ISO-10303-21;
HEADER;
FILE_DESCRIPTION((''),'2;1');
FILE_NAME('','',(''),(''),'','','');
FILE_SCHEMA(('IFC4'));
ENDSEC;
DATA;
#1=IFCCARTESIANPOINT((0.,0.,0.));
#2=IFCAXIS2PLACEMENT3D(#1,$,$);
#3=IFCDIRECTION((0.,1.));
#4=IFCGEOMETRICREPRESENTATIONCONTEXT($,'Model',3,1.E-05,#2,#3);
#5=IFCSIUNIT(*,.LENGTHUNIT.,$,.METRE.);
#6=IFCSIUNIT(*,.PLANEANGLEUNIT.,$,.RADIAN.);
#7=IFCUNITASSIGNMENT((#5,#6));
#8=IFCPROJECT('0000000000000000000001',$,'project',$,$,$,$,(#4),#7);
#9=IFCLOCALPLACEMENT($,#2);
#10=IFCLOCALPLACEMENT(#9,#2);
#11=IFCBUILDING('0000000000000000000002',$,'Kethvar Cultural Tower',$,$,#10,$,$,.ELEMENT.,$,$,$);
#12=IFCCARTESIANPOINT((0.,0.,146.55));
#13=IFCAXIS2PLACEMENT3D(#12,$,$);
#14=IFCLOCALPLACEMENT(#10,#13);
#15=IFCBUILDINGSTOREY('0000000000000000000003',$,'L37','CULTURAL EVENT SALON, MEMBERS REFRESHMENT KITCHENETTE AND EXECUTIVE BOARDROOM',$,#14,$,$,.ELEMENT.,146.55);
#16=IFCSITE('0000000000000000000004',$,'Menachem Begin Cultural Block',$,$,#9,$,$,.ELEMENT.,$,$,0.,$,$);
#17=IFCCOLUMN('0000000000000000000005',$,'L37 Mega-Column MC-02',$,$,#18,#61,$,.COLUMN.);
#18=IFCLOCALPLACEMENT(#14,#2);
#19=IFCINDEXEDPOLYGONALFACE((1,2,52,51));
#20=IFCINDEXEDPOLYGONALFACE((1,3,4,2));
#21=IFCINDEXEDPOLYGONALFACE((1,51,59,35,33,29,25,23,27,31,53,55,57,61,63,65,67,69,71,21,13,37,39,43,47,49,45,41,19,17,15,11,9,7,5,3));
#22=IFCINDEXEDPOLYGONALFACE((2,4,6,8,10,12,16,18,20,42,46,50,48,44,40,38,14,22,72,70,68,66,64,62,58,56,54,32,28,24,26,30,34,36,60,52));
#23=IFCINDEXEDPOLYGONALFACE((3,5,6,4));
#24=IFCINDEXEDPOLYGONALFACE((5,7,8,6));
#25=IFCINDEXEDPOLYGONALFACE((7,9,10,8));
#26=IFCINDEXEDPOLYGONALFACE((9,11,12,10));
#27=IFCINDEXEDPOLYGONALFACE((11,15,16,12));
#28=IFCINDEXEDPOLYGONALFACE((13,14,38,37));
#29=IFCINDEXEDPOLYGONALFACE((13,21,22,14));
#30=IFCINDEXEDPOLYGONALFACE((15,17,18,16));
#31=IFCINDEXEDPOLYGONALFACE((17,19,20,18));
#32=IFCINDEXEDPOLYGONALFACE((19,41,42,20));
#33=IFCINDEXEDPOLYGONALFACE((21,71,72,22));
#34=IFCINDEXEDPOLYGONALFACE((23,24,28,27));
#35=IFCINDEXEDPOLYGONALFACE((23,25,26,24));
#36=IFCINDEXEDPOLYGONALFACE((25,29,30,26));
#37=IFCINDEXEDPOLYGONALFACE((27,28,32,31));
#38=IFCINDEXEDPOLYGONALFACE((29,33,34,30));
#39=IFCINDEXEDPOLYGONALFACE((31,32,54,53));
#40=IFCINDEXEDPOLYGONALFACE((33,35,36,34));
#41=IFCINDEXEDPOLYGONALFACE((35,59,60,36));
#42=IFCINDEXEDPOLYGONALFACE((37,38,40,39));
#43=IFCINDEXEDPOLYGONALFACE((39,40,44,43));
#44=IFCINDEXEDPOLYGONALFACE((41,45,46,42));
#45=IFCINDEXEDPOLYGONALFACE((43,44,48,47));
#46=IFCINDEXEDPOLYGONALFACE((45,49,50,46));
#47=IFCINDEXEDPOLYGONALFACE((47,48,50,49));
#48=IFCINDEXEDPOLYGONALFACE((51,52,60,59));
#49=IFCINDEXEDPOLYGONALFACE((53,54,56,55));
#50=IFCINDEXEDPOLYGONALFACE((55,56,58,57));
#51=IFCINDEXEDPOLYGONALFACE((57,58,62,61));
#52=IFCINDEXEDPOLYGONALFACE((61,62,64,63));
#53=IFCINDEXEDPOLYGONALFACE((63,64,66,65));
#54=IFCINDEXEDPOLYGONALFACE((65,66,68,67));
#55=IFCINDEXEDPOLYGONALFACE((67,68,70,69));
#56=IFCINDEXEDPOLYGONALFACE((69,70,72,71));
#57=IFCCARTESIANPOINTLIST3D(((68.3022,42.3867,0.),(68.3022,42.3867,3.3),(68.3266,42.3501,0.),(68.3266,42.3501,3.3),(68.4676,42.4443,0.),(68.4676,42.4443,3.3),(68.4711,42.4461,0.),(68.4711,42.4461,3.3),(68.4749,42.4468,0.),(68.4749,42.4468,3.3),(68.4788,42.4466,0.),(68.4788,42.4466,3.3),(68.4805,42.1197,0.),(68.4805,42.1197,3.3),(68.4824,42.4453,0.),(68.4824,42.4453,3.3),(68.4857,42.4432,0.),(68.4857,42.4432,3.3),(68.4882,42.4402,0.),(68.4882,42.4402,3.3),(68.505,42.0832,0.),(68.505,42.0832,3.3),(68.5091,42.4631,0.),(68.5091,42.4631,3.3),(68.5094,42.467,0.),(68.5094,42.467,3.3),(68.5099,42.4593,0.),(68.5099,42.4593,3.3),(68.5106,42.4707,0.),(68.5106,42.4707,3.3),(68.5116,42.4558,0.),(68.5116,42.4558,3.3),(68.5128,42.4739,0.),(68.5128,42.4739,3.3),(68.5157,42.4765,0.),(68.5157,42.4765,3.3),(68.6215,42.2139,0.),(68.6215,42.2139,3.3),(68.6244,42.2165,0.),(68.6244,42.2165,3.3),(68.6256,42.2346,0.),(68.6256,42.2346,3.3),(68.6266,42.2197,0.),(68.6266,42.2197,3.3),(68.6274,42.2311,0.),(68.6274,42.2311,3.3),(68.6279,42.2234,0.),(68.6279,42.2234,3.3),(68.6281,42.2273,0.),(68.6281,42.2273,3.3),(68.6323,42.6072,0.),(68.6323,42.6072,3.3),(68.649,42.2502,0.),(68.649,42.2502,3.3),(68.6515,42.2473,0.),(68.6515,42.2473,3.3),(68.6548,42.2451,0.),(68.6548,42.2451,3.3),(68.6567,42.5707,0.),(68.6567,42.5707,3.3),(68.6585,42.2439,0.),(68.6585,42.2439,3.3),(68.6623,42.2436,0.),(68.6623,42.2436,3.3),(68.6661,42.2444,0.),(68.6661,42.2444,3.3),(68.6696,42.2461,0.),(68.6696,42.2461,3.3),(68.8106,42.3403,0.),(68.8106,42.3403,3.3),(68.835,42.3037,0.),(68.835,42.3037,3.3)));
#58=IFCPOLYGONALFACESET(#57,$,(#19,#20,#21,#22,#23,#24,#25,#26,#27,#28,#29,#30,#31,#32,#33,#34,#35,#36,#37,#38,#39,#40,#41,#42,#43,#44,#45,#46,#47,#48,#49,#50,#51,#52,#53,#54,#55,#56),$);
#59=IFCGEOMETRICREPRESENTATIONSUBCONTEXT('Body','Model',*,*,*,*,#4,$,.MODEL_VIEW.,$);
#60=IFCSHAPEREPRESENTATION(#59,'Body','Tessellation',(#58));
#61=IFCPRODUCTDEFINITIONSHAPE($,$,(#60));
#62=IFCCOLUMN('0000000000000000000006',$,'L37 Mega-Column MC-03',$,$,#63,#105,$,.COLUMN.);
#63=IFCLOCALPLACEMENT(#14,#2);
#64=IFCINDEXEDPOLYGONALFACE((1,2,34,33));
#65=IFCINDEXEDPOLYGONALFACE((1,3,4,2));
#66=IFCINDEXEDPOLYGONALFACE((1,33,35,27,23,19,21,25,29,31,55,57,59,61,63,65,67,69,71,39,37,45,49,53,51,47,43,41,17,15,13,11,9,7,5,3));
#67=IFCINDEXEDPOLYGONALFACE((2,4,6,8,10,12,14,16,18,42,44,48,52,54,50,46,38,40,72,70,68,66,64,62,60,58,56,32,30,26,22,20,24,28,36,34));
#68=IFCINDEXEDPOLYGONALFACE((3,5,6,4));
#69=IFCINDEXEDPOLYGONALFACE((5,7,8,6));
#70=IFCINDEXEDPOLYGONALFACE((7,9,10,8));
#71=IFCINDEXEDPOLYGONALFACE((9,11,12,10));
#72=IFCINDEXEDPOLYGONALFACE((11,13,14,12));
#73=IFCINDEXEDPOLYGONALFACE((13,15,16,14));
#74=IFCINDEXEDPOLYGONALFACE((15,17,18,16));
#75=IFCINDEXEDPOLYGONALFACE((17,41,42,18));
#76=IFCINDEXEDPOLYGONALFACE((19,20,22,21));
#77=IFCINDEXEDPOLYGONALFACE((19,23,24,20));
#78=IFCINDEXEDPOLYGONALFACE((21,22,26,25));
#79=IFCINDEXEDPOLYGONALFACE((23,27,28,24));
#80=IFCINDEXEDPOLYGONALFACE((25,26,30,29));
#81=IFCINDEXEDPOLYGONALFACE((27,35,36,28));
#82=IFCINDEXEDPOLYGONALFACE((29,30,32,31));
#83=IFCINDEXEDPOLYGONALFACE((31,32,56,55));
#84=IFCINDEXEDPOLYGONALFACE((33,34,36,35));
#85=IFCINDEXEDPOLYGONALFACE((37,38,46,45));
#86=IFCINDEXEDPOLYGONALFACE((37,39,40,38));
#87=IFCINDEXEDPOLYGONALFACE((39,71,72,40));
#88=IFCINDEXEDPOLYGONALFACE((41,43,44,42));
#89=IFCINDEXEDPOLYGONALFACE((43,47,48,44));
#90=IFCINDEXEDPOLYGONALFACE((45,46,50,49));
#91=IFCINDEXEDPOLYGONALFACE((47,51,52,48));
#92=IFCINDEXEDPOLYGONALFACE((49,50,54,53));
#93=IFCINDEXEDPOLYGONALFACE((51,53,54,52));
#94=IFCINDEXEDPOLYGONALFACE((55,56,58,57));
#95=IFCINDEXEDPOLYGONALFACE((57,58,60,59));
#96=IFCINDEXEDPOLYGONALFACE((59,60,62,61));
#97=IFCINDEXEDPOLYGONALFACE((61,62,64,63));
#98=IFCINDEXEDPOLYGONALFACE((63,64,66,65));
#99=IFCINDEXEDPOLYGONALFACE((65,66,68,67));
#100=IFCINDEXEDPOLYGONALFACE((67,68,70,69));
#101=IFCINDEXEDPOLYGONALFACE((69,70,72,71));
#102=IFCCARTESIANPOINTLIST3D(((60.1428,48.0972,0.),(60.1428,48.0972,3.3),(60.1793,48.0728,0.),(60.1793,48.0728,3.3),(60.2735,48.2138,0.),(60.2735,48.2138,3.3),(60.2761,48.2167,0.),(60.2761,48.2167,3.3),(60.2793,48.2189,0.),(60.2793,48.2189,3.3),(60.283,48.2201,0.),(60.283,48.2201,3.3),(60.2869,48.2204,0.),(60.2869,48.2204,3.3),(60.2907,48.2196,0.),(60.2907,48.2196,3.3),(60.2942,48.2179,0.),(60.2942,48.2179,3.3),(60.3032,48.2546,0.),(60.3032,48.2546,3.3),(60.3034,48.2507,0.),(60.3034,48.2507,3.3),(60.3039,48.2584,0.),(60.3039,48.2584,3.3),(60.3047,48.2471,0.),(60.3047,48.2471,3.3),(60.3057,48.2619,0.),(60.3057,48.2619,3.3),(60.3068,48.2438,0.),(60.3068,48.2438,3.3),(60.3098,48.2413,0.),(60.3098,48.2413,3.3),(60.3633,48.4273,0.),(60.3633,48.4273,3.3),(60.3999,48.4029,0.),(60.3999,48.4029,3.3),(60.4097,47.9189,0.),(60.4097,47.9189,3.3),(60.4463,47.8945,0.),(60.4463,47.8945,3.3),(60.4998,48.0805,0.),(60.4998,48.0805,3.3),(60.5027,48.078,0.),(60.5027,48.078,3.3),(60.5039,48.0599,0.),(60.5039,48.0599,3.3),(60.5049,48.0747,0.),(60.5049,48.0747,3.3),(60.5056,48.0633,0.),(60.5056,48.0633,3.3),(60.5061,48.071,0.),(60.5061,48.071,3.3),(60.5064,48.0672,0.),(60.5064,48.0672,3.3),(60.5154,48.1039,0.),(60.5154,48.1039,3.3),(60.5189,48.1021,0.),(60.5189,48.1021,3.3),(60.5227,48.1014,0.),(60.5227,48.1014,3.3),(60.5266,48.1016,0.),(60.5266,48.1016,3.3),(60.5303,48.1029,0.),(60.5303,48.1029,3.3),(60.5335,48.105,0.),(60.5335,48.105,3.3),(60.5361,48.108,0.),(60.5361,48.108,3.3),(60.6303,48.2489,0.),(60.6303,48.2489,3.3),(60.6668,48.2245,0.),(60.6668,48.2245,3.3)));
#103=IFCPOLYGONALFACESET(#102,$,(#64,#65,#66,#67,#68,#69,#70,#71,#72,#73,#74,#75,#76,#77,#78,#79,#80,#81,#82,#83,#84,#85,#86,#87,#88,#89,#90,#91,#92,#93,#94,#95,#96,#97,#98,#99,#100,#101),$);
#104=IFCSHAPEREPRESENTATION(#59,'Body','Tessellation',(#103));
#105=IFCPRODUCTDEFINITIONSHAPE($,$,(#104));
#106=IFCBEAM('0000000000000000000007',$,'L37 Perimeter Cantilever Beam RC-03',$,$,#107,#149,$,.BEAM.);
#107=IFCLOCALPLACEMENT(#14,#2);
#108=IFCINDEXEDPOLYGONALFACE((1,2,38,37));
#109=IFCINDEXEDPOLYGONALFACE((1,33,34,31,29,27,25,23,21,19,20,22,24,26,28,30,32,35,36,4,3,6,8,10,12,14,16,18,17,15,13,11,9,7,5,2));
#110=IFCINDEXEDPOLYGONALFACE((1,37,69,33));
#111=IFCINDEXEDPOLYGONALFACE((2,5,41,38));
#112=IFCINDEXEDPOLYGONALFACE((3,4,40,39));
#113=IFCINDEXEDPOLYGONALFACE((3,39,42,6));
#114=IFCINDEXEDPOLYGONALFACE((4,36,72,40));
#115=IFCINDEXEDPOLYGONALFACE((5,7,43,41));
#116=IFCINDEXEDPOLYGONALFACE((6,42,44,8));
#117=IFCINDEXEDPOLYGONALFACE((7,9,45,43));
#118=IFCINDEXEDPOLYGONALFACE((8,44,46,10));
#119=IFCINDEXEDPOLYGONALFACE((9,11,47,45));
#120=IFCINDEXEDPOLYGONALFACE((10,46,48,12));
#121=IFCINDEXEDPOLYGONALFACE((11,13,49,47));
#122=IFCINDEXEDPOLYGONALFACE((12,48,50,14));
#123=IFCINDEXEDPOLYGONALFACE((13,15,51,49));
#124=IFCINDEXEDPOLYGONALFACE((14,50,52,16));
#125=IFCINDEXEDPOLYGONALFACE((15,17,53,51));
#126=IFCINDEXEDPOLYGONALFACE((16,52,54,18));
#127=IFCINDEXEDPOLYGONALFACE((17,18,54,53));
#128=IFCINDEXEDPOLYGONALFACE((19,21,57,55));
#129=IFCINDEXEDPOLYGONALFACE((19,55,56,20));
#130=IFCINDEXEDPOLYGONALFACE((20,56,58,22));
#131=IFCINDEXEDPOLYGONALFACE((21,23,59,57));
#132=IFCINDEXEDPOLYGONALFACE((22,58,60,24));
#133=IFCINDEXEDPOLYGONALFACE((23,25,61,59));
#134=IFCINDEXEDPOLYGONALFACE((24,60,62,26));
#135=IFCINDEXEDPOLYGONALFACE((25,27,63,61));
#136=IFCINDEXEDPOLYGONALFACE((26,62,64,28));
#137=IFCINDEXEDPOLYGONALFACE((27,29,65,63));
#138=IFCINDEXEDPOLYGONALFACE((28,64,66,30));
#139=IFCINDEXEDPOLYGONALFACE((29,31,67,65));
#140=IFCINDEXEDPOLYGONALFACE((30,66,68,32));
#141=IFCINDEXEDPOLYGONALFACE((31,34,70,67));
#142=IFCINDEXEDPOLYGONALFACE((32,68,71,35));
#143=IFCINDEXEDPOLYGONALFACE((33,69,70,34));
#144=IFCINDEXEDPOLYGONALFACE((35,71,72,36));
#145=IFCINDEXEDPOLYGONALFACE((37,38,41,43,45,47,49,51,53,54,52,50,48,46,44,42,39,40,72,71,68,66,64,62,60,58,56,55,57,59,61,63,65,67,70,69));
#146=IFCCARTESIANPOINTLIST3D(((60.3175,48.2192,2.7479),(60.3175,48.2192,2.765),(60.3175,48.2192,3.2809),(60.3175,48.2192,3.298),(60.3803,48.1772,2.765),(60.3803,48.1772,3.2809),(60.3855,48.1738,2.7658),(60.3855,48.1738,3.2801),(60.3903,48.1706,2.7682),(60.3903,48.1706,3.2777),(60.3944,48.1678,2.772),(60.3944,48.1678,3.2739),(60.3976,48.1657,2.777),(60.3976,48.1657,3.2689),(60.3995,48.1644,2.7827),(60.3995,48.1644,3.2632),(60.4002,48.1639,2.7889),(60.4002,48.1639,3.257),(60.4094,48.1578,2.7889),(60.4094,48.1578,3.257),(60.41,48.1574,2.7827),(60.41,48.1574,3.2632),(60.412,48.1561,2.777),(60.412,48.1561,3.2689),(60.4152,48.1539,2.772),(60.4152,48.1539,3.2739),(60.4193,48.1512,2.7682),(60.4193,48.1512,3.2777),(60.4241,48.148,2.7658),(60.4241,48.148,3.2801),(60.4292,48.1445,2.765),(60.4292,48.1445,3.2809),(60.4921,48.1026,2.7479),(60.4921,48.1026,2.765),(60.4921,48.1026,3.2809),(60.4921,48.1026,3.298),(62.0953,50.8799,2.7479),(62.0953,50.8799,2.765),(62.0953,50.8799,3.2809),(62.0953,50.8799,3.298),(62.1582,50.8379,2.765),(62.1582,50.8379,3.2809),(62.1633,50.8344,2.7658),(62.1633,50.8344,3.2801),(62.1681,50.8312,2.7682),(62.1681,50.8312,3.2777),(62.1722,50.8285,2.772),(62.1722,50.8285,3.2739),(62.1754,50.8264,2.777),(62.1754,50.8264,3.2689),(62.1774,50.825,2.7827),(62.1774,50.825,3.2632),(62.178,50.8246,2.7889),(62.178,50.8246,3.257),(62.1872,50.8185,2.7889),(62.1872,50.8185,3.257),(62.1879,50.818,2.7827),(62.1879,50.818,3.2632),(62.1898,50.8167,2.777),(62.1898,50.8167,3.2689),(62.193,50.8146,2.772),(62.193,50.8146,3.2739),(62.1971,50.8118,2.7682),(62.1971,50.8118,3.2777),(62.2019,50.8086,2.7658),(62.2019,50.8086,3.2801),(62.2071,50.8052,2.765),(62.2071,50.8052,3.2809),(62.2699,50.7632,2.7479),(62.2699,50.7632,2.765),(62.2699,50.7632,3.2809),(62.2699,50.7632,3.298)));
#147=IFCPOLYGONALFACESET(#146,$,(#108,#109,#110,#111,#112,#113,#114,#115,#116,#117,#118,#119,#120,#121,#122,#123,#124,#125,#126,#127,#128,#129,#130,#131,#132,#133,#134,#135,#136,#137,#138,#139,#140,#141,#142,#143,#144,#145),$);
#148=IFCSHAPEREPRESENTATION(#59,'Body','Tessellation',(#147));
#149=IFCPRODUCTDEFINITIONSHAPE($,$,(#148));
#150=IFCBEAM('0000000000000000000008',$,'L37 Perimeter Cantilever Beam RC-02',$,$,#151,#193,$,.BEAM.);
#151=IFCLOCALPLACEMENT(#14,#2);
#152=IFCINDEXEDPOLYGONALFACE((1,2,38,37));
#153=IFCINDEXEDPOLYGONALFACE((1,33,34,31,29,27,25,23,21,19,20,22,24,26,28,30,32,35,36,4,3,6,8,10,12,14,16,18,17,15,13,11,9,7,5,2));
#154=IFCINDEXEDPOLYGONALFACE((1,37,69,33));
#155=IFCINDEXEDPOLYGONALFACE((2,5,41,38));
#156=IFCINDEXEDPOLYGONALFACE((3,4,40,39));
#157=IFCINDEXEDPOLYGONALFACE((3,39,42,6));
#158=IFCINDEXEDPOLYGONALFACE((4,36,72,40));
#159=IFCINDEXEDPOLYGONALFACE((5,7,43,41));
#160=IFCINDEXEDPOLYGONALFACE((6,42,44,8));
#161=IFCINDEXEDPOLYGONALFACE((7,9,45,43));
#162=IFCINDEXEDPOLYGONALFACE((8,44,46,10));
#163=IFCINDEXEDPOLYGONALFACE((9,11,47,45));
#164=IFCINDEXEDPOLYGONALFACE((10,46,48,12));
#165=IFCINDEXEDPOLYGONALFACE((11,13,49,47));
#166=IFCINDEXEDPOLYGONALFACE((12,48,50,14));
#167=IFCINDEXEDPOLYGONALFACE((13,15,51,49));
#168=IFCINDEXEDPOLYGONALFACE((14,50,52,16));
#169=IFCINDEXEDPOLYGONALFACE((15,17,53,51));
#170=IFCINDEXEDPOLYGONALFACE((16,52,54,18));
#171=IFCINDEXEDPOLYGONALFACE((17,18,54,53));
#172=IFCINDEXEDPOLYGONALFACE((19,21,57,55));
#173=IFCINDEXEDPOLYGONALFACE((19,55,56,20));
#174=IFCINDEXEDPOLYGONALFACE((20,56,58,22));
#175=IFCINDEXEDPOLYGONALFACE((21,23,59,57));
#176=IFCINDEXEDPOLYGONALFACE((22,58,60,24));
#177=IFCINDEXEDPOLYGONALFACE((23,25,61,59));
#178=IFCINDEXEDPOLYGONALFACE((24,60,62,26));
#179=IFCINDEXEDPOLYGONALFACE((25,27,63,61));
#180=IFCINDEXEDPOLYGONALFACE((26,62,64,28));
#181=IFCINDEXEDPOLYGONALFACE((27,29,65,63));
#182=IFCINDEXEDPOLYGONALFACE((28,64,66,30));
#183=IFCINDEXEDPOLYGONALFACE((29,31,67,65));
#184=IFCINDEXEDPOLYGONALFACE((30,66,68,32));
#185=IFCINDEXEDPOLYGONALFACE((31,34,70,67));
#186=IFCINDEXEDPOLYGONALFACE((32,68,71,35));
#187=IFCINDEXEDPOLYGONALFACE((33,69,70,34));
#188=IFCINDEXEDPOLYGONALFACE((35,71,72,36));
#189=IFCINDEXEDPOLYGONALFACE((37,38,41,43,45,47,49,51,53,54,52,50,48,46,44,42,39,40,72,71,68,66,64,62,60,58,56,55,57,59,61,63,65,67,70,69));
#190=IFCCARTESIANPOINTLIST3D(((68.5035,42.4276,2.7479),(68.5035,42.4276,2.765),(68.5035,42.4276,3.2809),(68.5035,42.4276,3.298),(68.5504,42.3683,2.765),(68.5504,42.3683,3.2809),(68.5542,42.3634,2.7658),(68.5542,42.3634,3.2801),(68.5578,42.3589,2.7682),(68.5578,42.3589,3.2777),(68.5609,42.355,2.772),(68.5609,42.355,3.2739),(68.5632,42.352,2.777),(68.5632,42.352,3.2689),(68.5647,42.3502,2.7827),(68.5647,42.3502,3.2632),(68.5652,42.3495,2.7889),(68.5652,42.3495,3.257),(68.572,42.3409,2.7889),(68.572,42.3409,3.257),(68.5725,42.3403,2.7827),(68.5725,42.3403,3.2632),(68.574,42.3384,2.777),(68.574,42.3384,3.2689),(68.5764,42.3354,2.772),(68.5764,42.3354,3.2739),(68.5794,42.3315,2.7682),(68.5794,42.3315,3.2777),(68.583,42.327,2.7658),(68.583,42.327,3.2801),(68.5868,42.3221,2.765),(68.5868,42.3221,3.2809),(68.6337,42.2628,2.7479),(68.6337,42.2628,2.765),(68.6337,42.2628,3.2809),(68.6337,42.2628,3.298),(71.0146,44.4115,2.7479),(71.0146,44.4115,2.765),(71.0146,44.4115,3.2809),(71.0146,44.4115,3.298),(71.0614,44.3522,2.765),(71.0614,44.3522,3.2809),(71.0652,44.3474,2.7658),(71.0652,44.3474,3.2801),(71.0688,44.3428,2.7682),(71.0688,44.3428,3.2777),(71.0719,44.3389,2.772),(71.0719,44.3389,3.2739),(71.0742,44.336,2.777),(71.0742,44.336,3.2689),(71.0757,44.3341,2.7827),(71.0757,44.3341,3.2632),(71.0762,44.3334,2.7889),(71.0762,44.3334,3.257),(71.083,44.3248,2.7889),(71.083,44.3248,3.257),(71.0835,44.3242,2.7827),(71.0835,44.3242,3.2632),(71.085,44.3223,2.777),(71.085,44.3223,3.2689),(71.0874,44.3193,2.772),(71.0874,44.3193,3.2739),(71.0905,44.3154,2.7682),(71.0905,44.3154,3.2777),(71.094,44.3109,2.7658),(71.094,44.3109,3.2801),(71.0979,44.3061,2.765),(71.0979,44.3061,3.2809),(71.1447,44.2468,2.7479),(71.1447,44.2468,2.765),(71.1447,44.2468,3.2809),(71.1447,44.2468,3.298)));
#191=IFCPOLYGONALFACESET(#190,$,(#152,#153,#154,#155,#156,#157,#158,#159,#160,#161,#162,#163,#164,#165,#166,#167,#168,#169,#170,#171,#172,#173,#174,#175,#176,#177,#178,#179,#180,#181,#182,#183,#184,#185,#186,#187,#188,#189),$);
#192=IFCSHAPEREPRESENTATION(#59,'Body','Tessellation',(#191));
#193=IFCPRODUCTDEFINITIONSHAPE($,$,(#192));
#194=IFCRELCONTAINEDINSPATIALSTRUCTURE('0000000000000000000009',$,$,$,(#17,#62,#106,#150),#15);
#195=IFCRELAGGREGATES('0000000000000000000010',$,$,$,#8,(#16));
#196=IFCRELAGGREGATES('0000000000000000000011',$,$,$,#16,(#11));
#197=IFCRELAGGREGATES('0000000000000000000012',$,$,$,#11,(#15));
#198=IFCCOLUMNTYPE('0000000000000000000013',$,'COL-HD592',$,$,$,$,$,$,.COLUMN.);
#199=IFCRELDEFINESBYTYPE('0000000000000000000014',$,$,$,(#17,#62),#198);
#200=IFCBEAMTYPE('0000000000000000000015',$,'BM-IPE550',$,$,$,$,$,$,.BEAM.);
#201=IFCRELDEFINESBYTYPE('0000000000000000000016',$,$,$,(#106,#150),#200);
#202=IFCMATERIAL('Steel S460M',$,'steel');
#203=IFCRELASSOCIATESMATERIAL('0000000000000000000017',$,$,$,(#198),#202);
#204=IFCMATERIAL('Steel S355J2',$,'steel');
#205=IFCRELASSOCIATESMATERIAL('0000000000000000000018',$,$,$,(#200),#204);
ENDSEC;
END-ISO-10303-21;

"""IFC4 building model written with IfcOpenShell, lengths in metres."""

from ifc_helpers import new_model, si_unit, direction, frame, origin, origin_2d, place, context, subcontext, project, spatial, i_section, extrude, source, transform, mapped, material, material_profile, profile_set, type_object, element, save


model = new_model("IFC4")

# Units and contexts
model_context = context("Model", 3, precision=1e-05, world=origin(), true_north=direction((0.0, 1.0)))
body_context = subcontext(model_context, "Body", "Model", "MODEL_VIEW")
ifc_project = project(units=[si_unit("LENGTHUNIT", "METRE"), si_unit("PLANEANGLEUNIT", "RADIAN")], contexts=[model_context])

# Site, building, storey
site_placement = place(None, origin())
site = spatial("IfcSite", under=ifc_project, at=site_placement, Name="Menachem Begin Cultural Block", CompositionType="ELEMENT", RefElevation=0.0)
building_placement = place(site_placement, origin())
building = spatial("IfcBuilding", under=site, at=building_placement, Name="Kethvar Cultural Tower", CompositionType="ELEMENT")
storey_placement = place(building_placement, frame((0.0, 0.0, 146.55)))
storey = spatial("IfcBuildingStorey", under=building, at=storey_placement, Name="L37", Description="CULTURAL EVENT SALON, MEMBERS REFRESHMENT KITCHENETTE AND EXECUTIVE BOARDROOM", CompositionType="ELEMENT", Elevation=146.55)

# Columns
ifc_material_1 = material(Name="Steel S460M", Category="steel")
ifc_material_profile_1 = material_profile(ifc_material_1, i_section(OverallWidth=0.397, OverallDepth=0.365, WebThickness=0.0281, FlangeThickness=0.0439, FilletRadius=0.0149, at=origin_2d()), Name="Steel S460M — HD400x592")
ifc_profile_set_1 = profile_set([ifc_material_profile_1], Name="Steel S460M — HD400x592")
column_type = type_object("IfcColumnType", Name="COL-HD592", PredefinedType="COLUMN", material=ifc_profile_set_1)
shared_shape_1 = source(origin(), body_context, "Body", "SweptSolid", [
    extrude(i_section(OverallWidth=0.397, OverallDepth=0.365, WebThickness=0.0281, FlangeThickness=0.0439, FilletRadius=0.0149, at=origin_2d()), origin(), (0.0, 0.0, 1.0), 3.3),
])
for number, where, z_axis, x_axis, name in (
    (1, (68.5686, 42.3452, 0.0), (0.0, 0.0, 1.0), (0.83147, 0.55557, 0.0), "L37 Mega-Column MC-02"),
    (2, (60.4048, 48.1609, 0.0), (0.0, 0.0, 1.0), (0.55557, 0.83147, 0.0), "L37 Mega-Column MC-03"),
):
    element("IfcColumn", number, at=place(storey_placement, frame(where, z_axis=z_axis, x_axis=x_axis)), inside=storey, type_object=column_type, Name=name, PredefinedType="COLUMN", context=body_context, shape_type="MappedRepresentation", body=[
        mapped(shared_shape_1, transform((0.0, 0.0, 0.0), scale=1.0)),
    ])

# Beams
ifc_material_2 = material(Name="Steel S355J2", Category="steel")
ifc_material_profile_2 = material_profile(ifc_material_2, i_section(OverallWidth=0.21, OverallDepth=0.55, WebThickness=0.011, FlangeThickness=0.0171, FilletRadius=0.0239, at=origin_2d()), Name="Steel S355J2 — IPE550")
ifc_profile_set_2 = profile_set([ifc_material_profile_2], Name="Steel S355J2 — IPE550")
beam_type_1 = type_object("IfcBeamType", Name="BM-IPE550", PredefinedType="BEAM", material=ifc_profile_set_2)
shared_shape_2 = source(origin(), body_context, "Body", "SweptSolid", [
    extrude(i_section(OverallWidth=0.21, OverallDepth=0.55, WebThickness=0.011, FlangeThickness=0.0171, FilletRadius=0.0239, at=origin_2d()), origin(), (0.0, 0.0, 1.0), 3.2),
])
beam_1_placement = place(storey_placement, frame((60.4048, 48.1609, 3.0229), z_axis=(0.55558, 0.831463, 0.0), x_axis=(-0.831463, 0.55558, 0.0)))
element("IfcBeam", 3, at=beam_1_placement, inside=storey, type_object=beam_type_1, Name="L37 Perimeter Cantilever Beam RC-03", PredefinedType="BEAM", context=body_context, shape_type="MappedRepresentation", body=[
    mapped(shared_shape_2, transform((0.0, 0.0, 0.0), scale=1.0)),
])
shared_shape_3 = source(origin(), body_context, "Body", "SweptSolid", [
    extrude(i_section(OverallWidth=0.21, OverallDepth=0.55, WebThickness=0.011, FlangeThickness=0.0171, FilletRadius=0.0239, at=origin_2d()), origin(), (0.0, 0.0, 1.0), 3.2002),
])
beam_2_placement = place(storey_placement, frame((68.5686, 42.3452, 3.0229), z_axis=(0.78465, 0.619939, 0.0), x_axis=(-0.619939, 0.78465, 0.0)))
element("IfcBeam", 4, at=beam_2_placement, inside=storey, type_object=beam_type_1, Name="L37 Perimeter Cantilever Beam RC-02", PredefinedType="BEAM", context=body_context, shape_type="MappedRepresentation", body=[
    mapped(shared_shape_3, transform((0.0, 0.0, 0.0), scale=1.0)),
])

save(model, "model.ifc")
